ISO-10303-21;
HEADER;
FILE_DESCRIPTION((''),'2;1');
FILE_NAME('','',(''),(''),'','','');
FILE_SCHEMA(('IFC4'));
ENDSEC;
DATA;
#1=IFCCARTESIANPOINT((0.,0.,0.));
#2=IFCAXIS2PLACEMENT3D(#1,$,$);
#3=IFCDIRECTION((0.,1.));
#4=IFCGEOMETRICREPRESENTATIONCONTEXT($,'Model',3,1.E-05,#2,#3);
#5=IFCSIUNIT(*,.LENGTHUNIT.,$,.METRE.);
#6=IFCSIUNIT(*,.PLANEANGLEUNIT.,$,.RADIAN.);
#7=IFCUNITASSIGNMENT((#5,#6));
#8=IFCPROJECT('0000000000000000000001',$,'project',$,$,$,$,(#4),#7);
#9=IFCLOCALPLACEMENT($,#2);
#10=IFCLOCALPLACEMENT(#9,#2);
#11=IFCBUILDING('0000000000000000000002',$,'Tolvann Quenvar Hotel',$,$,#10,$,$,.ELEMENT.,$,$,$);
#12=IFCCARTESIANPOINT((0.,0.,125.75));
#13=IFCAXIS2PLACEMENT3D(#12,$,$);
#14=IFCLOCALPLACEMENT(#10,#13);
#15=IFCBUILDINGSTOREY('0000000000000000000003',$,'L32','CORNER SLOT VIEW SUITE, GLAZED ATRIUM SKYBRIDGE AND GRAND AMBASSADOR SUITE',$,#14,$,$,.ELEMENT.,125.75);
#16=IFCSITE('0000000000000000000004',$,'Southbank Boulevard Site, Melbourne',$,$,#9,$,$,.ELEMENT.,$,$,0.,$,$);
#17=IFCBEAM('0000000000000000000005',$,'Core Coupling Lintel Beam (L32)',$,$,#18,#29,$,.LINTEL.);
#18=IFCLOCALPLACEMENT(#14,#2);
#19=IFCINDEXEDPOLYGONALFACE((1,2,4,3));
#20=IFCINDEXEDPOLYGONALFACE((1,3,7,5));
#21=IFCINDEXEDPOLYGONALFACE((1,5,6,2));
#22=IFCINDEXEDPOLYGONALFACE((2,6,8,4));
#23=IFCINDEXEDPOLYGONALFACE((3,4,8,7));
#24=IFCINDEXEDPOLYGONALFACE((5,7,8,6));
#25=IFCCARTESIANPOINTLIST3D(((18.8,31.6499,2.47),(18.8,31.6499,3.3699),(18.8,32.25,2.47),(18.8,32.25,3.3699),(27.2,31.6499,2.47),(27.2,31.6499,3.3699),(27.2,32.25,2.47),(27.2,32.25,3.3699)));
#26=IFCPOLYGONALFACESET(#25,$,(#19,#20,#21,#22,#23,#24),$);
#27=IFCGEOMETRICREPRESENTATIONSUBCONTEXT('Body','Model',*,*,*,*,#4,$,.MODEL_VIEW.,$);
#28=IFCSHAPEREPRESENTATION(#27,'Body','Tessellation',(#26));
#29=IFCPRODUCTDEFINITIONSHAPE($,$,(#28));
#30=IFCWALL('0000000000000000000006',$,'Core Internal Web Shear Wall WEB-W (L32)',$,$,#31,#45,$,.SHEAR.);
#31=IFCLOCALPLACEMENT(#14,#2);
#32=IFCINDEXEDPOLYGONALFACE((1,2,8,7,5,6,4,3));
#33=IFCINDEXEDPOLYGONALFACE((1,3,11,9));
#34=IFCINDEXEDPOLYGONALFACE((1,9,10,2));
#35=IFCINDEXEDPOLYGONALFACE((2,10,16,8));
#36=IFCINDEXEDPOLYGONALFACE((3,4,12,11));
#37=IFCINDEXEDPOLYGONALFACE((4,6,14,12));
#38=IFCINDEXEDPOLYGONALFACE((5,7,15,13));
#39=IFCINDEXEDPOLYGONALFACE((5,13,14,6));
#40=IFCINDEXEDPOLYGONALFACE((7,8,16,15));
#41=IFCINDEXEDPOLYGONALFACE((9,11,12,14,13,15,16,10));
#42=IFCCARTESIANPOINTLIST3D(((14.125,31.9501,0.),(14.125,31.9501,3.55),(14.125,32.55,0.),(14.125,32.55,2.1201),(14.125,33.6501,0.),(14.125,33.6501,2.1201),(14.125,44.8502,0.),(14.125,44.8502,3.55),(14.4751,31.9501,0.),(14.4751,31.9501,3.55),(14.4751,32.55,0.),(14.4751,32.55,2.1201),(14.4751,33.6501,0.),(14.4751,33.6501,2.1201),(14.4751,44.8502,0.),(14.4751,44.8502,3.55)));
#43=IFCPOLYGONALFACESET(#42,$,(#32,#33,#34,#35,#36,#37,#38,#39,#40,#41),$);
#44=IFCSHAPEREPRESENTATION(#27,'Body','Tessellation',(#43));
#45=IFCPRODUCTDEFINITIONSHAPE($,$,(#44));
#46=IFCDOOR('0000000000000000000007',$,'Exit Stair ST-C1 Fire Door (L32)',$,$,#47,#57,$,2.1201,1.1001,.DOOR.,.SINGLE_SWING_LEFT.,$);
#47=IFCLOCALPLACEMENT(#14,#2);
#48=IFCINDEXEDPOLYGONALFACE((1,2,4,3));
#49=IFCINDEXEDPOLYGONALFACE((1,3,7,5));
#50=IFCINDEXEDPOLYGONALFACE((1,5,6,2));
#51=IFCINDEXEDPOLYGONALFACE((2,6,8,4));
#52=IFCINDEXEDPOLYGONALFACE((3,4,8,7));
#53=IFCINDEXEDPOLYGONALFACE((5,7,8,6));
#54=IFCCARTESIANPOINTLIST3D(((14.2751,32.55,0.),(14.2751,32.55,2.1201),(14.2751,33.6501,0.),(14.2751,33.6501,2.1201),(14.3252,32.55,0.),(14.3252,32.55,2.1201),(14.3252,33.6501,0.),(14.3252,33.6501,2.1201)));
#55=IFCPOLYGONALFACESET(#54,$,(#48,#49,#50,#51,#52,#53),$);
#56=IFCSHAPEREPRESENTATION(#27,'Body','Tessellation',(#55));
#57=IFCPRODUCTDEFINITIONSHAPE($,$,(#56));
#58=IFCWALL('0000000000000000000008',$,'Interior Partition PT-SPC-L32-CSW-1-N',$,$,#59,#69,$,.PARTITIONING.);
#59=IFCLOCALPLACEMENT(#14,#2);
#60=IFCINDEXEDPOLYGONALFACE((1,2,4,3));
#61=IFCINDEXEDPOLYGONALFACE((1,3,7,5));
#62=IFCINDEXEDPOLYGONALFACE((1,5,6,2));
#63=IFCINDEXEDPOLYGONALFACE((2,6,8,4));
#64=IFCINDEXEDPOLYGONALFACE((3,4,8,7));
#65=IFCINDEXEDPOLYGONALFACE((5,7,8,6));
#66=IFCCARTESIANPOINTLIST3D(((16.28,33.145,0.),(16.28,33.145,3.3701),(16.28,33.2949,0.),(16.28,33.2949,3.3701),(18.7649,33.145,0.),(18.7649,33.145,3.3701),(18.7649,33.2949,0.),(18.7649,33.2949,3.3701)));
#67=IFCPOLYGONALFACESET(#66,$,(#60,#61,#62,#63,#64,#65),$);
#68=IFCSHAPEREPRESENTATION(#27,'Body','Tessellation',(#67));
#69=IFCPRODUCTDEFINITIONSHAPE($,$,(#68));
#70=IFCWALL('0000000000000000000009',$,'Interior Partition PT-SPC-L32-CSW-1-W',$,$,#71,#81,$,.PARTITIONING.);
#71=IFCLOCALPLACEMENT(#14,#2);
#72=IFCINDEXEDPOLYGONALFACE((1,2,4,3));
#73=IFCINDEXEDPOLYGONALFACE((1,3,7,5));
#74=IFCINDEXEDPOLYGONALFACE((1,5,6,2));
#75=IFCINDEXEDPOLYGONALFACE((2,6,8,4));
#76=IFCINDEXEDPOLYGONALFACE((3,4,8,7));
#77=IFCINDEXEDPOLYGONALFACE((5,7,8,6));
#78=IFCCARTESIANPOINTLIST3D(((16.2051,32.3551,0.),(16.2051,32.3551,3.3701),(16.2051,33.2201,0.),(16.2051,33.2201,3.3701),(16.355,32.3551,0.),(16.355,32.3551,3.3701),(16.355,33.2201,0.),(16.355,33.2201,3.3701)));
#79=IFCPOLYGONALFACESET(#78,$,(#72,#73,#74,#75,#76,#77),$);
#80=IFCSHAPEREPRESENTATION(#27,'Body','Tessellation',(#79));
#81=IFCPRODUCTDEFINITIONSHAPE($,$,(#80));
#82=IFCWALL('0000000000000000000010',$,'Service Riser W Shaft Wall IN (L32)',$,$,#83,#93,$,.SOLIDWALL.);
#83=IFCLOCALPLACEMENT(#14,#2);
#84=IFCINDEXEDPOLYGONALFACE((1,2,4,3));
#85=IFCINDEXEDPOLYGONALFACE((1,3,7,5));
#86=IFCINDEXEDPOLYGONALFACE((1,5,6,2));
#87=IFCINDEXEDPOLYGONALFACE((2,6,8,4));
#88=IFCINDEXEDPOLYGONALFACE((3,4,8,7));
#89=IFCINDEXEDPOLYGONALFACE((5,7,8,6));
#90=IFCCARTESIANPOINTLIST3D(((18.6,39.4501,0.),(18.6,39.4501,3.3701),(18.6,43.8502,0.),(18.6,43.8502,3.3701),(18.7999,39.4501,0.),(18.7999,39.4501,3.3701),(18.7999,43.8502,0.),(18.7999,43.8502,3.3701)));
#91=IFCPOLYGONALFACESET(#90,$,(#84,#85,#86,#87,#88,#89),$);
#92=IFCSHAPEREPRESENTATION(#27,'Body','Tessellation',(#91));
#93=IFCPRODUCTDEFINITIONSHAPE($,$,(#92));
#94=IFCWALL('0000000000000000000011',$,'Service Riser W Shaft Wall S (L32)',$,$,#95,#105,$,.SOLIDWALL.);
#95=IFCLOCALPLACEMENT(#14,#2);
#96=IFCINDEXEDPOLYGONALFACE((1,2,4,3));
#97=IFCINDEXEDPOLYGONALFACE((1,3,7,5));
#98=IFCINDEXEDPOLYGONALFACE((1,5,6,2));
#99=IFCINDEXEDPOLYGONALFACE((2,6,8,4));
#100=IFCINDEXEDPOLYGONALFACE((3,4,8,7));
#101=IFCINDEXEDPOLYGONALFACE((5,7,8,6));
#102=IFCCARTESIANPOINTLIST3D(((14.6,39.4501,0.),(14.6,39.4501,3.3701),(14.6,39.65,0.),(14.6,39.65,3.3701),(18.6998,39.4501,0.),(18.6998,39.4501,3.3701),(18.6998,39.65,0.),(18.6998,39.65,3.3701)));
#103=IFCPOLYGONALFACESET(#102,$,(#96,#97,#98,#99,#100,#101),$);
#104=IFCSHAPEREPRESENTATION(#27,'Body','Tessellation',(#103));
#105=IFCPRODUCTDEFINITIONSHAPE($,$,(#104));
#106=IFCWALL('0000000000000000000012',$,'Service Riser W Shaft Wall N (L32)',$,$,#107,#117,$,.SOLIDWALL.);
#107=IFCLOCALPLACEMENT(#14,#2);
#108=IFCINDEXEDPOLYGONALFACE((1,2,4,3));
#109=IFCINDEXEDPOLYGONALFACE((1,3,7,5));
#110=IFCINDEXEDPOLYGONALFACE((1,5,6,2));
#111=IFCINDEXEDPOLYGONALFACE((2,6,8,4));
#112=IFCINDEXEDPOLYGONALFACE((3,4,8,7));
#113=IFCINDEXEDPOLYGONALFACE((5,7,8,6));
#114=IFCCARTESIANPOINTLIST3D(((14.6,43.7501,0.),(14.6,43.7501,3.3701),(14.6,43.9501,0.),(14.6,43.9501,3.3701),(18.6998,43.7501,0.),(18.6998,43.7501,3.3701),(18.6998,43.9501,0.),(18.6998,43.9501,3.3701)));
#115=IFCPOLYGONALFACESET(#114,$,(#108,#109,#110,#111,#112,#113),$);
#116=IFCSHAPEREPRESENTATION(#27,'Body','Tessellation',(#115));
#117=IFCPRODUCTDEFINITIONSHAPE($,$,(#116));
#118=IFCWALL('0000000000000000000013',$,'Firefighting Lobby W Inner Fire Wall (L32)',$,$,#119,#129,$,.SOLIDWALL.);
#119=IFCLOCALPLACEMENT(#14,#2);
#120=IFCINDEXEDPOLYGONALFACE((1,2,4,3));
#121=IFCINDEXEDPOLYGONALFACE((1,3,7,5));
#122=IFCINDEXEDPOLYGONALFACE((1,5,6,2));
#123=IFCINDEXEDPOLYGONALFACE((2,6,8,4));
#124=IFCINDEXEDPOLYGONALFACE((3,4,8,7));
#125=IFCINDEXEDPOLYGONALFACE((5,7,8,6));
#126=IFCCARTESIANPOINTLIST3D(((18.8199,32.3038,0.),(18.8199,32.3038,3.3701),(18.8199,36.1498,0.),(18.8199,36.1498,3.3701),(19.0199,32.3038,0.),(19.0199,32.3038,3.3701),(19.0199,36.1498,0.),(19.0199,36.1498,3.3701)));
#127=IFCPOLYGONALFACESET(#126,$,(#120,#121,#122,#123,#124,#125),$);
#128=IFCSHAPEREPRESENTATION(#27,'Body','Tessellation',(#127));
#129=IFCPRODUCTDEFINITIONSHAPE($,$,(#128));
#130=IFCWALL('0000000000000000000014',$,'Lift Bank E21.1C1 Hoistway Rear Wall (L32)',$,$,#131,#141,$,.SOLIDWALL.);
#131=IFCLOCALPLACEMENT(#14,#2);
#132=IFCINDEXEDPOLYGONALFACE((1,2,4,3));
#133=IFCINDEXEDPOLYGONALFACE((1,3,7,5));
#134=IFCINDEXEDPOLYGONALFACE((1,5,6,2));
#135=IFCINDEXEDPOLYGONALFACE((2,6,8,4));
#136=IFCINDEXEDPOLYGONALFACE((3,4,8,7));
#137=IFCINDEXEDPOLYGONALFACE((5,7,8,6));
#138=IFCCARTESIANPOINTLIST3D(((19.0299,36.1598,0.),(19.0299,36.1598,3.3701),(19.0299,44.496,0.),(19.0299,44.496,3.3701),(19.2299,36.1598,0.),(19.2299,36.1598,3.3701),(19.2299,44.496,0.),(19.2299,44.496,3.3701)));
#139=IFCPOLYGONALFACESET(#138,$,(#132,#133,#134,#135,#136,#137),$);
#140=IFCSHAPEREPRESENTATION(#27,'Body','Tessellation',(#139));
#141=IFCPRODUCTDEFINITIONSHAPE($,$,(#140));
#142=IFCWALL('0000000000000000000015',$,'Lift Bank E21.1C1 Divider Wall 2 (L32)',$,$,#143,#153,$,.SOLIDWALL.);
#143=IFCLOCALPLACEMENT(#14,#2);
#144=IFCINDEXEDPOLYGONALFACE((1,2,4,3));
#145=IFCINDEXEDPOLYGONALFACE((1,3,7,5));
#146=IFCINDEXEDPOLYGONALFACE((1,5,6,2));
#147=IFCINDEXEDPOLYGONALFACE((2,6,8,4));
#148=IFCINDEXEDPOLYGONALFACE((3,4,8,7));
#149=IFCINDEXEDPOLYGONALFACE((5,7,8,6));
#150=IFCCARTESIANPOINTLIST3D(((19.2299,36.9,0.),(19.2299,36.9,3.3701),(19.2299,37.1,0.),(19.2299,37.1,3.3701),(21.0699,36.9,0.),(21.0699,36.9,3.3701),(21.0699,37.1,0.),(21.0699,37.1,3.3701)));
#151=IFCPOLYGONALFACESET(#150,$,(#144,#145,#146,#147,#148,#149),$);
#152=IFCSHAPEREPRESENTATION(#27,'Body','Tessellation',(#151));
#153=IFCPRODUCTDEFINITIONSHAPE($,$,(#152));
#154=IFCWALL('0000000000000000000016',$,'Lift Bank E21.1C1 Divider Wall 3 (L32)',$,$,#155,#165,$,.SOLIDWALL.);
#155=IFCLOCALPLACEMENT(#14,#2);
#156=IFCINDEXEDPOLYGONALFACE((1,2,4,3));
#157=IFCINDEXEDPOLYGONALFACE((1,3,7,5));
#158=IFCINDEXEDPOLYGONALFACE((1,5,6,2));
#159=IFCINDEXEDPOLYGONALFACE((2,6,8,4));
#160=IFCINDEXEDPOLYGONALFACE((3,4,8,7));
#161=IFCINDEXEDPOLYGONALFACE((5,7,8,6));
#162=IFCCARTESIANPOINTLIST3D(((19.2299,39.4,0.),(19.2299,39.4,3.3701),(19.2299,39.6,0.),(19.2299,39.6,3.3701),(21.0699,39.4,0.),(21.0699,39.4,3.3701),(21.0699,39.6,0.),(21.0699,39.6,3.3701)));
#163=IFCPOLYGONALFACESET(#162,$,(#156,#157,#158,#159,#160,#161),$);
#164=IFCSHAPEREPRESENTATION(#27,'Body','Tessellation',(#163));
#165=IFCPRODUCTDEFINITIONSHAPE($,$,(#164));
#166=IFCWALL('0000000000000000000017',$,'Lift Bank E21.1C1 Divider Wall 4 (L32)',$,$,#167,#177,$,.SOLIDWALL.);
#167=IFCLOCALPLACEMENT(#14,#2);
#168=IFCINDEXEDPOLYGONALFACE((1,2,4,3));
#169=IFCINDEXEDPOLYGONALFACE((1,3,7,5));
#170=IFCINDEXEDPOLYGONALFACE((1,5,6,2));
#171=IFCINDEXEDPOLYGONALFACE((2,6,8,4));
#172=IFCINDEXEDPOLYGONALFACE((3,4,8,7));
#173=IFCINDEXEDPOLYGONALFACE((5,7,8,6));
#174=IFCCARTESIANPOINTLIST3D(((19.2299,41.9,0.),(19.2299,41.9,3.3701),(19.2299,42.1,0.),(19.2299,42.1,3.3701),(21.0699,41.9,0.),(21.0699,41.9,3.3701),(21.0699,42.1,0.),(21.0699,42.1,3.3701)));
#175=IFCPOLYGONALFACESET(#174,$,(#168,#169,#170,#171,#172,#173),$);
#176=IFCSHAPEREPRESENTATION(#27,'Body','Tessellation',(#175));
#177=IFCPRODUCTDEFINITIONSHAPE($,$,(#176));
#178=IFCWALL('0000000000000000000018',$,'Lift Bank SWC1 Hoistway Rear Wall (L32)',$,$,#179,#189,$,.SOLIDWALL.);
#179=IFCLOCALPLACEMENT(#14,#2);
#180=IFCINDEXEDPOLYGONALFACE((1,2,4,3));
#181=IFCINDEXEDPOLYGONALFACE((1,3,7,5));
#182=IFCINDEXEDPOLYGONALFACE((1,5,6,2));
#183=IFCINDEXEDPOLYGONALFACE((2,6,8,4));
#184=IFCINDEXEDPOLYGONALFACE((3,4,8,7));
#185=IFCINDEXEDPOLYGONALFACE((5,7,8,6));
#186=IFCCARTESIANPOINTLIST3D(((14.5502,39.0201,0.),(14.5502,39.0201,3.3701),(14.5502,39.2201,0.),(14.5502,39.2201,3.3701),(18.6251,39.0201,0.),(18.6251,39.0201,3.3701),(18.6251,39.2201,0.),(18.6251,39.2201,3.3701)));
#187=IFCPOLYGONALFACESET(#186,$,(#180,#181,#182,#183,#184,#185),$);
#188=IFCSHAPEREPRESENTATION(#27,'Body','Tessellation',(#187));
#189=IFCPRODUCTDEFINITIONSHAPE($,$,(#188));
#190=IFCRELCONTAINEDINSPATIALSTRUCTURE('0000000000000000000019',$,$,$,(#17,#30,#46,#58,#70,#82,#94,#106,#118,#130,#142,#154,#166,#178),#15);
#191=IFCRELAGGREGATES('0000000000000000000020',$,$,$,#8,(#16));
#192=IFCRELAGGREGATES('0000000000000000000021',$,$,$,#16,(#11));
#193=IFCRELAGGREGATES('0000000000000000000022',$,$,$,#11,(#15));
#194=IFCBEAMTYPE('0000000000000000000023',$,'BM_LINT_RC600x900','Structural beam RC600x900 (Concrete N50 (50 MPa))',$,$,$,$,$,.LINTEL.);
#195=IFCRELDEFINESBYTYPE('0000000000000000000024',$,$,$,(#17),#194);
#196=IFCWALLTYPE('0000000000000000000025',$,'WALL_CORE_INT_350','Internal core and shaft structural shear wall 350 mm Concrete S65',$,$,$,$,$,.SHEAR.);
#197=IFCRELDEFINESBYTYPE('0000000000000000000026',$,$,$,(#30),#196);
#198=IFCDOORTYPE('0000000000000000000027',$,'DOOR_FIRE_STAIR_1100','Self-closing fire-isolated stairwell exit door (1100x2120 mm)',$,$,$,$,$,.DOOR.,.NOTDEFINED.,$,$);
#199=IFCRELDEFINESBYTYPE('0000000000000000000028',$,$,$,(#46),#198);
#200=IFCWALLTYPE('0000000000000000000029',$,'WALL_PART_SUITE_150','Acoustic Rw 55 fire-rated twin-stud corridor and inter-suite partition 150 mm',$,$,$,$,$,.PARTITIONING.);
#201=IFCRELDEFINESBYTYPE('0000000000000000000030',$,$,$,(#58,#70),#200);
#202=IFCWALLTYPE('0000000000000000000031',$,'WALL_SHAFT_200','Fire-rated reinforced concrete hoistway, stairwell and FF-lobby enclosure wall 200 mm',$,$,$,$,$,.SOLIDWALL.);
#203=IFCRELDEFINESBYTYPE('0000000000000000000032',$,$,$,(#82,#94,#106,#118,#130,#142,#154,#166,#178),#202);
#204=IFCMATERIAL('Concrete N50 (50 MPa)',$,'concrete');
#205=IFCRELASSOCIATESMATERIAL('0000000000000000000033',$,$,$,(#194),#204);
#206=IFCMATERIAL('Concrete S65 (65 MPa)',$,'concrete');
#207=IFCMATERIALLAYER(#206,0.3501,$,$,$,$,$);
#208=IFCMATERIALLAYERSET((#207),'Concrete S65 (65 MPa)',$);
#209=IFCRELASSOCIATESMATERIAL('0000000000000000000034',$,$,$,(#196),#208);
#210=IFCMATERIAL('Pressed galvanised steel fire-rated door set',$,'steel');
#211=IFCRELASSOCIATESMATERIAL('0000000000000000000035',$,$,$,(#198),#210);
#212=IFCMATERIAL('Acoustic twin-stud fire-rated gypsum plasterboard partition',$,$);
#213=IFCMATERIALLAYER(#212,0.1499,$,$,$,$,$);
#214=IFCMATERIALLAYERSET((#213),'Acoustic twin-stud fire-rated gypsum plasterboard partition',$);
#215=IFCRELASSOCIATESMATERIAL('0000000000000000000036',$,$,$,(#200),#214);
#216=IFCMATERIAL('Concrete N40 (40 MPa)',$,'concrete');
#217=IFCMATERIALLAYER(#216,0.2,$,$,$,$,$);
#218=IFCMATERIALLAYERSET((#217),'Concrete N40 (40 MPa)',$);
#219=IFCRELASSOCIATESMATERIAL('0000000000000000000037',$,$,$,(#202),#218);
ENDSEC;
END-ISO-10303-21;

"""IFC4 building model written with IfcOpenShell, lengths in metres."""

from ifc_helpers import new_model, si_unit, direction, frame, frame_2d, origin, origin_2d, place, context, subcontext, project, spatial, rectangle, extrude, source, transform, mapped, material, layer, layer_set, material_profile, profile_set, type_object, type_shapes, element, fill, save


model = new_model("IFC4")

# Units and contexts
model_context = context("Model", 3, precision=1e-05, world=origin(), true_north=direction((0.0, 1.0)))
body_context = subcontext(model_context, "Body", "Model", "MODEL_VIEW")
ifc_project = project(units=[si_unit("LENGTHUNIT", "METRE"), si_unit("PLANEANGLEUNIT", "RADIAN")], contexts=[model_context])

# Site, building, storey
site_placement = place(None, origin())
site = spatial("IfcSite", under=ifc_project, at=site_placement, Name="Southbank Boulevard Site, Melbourne", CompositionType="ELEMENT", RefElevation=0.0)
building_placement = place(site_placement, origin())
building = spatial("IfcBuilding", under=site, at=building_placement, Name="Tolvann Quenvar Hotel", CompositionType="ELEMENT")
storey_placement = place(building_placement, frame((0.0, 0.0, 125.75)))
storey = spatial("IfcBuildingStorey", under=building, at=storey_placement, Name="L32", Description="CORNER SLOT VIEW SUITE, GLAZED ATRIUM SKYBRIDGE AND GRAND AMBASSADOR SUITE", CompositionType="ELEMENT", Elevation=125.75)

# Beam
ifc_material_1 = material(Name="Concrete N50 (50 MPa)", Category="concrete")
ifc_material_profile = material_profile(ifc_material_1, rectangle(XDim=0.6001, YDim=0.8999, at=origin_2d()), Name="RC600x900")
ifc_profile_set = profile_set([ifc_material_profile], Name="Concrete N50 (50 MPa)")
beam_type = type_object("IfcBeamType", Name="BM_LINT_RC600x900", Description="Structural beam RC600x900 (Concrete N50 (50 MPa))", PredefinedType="LINTEL", material=ifc_profile_set)
shared_shape_1 = source(origin(), body_context, "Body", "SweptSolid", [
    extrude(rectangle(XDim=0.6001, YDim=0.8999, at=origin_2d()), origin(), (0.0, 0.0, 1.0), 8.3999),
])
type_shapes(beam_type, [shared_shape_1])
beam_placement = place(storey_placement, frame((18.8, 31.95, 2.9199), z_axis=(1.0, 0.0, 0.0), x_axis=(0.0, 1.0, 0.0)))
element("IfcBeam", 1, at=beam_placement, inside=storey, type_object=beam_type, Name="Core Coupling Lintel Beam (L32)", PredefinedType="LINTEL", context=body_context, shape_type="MappedRepresentation", body=[
    mapped(shared_shape_1, transform((0.0, 0.0, 0.0), x_axis=(1.0, 0.0, 0.0), y_axis=(0.0, 1.0, 0.0), z_axis=(0.0, 0.0, 1.0), scale=1.0)),
])

# Wall, opening, door
ifc_material_2 = material(Name="Concrete S65 (65 MPa)", Category="concrete")
ifc_layer_1 = layer(ifc_material_2, 0.3501)
ifc_layer_set_1 = layer_set([ifc_layer_1], Name="Concrete S65 (65 MPa)")
wall_type_1 = type_object("IfcWallType", Name="WALL_CORE_INT_350", Description="Internal core and shaft structural shear wall 350 mm Concrete S65", PredefinedType="SHEAR", material=ifc_layer_set_1)
wall_1_placement = place(storey_placement, frame((14.3, 31.95, 0.0), z_axis=(0.0, 0.0, 1.0), x_axis=(0.0, 1.0, 0.0)))
wall_1 = element("IfcWall", 2, at=wall_1_placement, inside=storey, type_object=wall_type_1, Name="Core Internal Web Shear Wall WEB-W (L32)", PredefinedType="SHEAR", context=body_context, shape_type="SweptSolid", body=[
    extrude(rectangle(XDim=12.9001, YDim=0.3501, at=frame_2d((6.4502, 0.0))), origin(), (0.0, 0.0, 1.0), 3.55),
])
opening_1_placement = place(wall_1_placement, frame((0.6001, 0.0, 0.0)))
opening_1 = element("IfcOpeningElement", 3, at=opening_1_placement, cuts=wall_1, PredefinedType="OPENING", context=body_context, shape_type="SweptSolid", body=[
    extrude(rectangle(XDim=1.1001, YDim=2.1201, at=frame_2d((0.55, 1.0601))), frame((0.0, 0.1851, 0.0), z_axis=(0.0, -1.0, 0.0), x_axis=(1.0, 0.0, 0.0)), (0.0, 0.0, 1.0), 0.3701),
])
ifc_material_3 = material(Name="Pressed galvanised steel fire-rated door set", Category="steel")
door_type_1 = type_object("IfcDoorType", Name="DOOR_FIRE_STAIR_1100", Description="Self-closing fire-isolated stairwell exit door (1100x2120 mm)", OperationType="NOTDEFINED", PredefinedType="DOOR", material=ifc_material_3)
shared_shape_2 = source(origin(), body_context, "Body", "SweptSolid", [
    extrude(rectangle(XDim=1.1001, YDim=2.1201, at=frame_2d((0.55, 1.0601))), frame((0.0, 0.0249, 0.0), z_axis=(0.0, -1.0, 0.0), x_axis=(1.0, 0.0, 0.0)), (0.0, 0.0, 1.0), 0.05),
])
type_shapes(door_type_1, [shared_shape_2])
door_1_placement = place(opening_1_placement, origin())
door_1 = element("IfcDoor", 4, at=door_1_placement, inside=storey, type_object=door_type_1, Name="Exit Stair ST-C1 Fire Door (L32)", OperationType="SINGLE_SWING_LEFT", OverallHeight=2.1201, OverallWidth=1.1001, PredefinedType="DOOR", context=body_context, shape_type="MappedRepresentation", body=[
    mapped(shared_shape_2, transform((0.0, 0.0, 0.0), x_axis=(1.0, 0.0, 0.0), y_axis=(0.0, 1.0, 0.0), z_axis=(0.0, 0.0, 1.0), scale=1.0)),
])
fill(opening_1, door_1)

# Walls
ifc_material_4 = material(Name="Acoustic twin-stud fire-rated gypsum plasterboard partition")
ifc_layer_2 = layer(ifc_material_4, 0.1499)
ifc_layer_set_2 = layer_set([ifc_layer_2], Name="Acoustic twin-stud fire-rated gypsum plasterboard partition")
wall_type_2 = type_object("IfcWallType", Name="WALL_PART_SUITE_150", Description="Acoustic Rw 55 fire-rated twin-stud corridor and inter-suite partition 150 mm", PredefinedType="PARTITIONING", material=ifc_layer_set_2)
wall_2_placement = place(storey_placement, frame((16.28, 33.22, 0.0), z_axis=(0.0, 0.0, 1.0), x_axis=(1.0, 0.0, 0.0)))
element("IfcWall", 5, at=wall_2_placement, inside=storey, type_object=wall_type_2, Name="Interior Partition PT-SPC-L32-CSW-1-N", PredefinedType="PARTITIONING", context=body_context, shape_type="SweptSolid", body=[
    extrude(rectangle(XDim=2.4849, YDim=0.1499, at=frame_2d((1.2424, 0.0))), origin(), (0.0, 0.0, 1.0), 3.3701),
])
wall_3_placement = place(storey_placement, frame((16.28, 32.355, 0.0), z_axis=(0.0, 0.0, 1.0), x_axis=(0.0, 1.0, 0.0)))
element("IfcWall", 6, at=wall_3_placement, inside=storey, type_object=wall_type_2, Name="Interior Partition PT-SPC-L32-CSW-1-W", PredefinedType="PARTITIONING", context=body_context, shape_type="SweptSolid", body=[
    extrude(rectangle(XDim=0.865, YDim=0.1499, at=frame_2d((0.4326, 0.0))), origin(), (0.0, 0.0, 1.0), 3.3701),
])
ifc_material_5 = material(Name="Concrete N40 (40 MPa)", Category="concrete")
ifc_layer_3 = layer(ifc_material_5, 0.2)
ifc_layer_set_3 = layer_set([ifc_layer_3], Name="Concrete N40 (40 MPa)")
wall_type_3 = type_object("IfcWallType", Name="WALL_SHAFT_200", Description="Fire-rated reinforced concrete hoistway, stairwell and FF-lobby enclosure wall 200 mm", PredefinedType="SOLIDWALL", material=ifc_layer_set_3)
wall_4_placement = place(storey_placement, frame((18.7, 39.45, 0.0), z_axis=(0.0, 0.0, 1.0), x_axis=(0.0, 1.0, 0.0)))
element("IfcWall", 7, at=wall_4_placement, inside=storey, type_object=wall_type_3, Name="Service Riser W Shaft Wall IN (L32)", PredefinedType="SOLIDWALL", context=body_context, shape_type="SweptSolid", body=[
    extrude(rectangle(XDim=4.4001, YDim=0.2, at=frame_2d((2.2002, 0.0))), origin(), (0.0, 0.0, 1.0), 3.3701),
])
for number, where, z_axis, x_axis, name in (
    (8, (14.6001, 39.55, 0.0), (0.0, 0.0, 1.0), (1.0, 0.0, 0.0), "Service Riser W Shaft Wall S (L32)"),
    (9, (14.6001, 43.8501, 0.0), (0.0, 0.0, 1.0), (1.0, 0.0, 0.0), "Service Riser W Shaft Wall N (L32)"),
):
    element("IfcWall", number, at=place(storey_placement, frame(where, z_axis=z_axis, x_axis=x_axis)), inside=storey, type_object=wall_type_3, Name=name, PredefinedType="SOLIDWALL", context=body_context, shape_type="SweptSolid", body=[
        extrude(rectangle(XDim=4.0999, YDim=0.2, at=frame_2d((2.0498, 0.0))), origin(), (0.0, 0.0, 1.0), 3.3701),
    ])
wall_5_placement = place(storey_placement, frame((18.9199, 32.304, 0.0), z_axis=(0.0, 0.0, 1.0), x_axis=(0.0, 1.0, 0.0)))
element("IfcWall", 10, at=wall_5_placement, inside=storey, type_object=wall_type_3, Name="Firefighting Lobby W Inner Fire Wall (L32)", PredefinedType="SOLIDWALL", context=body_context, shape_type="SweptSolid", body=[
    extrude(rectangle(XDim=3.8459, YDim=0.2, at=frame_2d((1.9229, 0.0))), origin(), (0.0, 0.0, 1.0), 3.3701),
])
wall_6_placement = place(storey_placement, frame((19.1299, 36.1599, 0.0), z_axis=(0.0, 0.0, 1.0), x_axis=(0.0, 1.0, 0.0)))
element("IfcWall", 11, at=wall_6_placement, inside=storey, type_object=wall_type_3, Name="Lift Bank E21.1C1 Hoistway Rear Wall (L32)", PredefinedType="SOLIDWALL", context=body_context, shape_type="SweptSolid", body=[
    extrude(rectangle(XDim=8.3362, YDim=0.2, at=frame_2d((4.168, 0.0))), origin(), (0.0, 0.0, 1.0), 3.3701),
])
for number, where, z_axis, x_axis, name in (
    (12, (19.23, 37.0, 0.0), (0.0, 0.0, 1.0), (1.0, 0.0, 0.0), "Lift Bank E21.1C1 Divider Wall 2 (L32)"),
    (13, (19.23, 39.5, 0.0), (0.0, 0.0, 1.0), (1.0, 0.0, 0.0), "Lift Bank E21.1C1 Divider Wall 3 (L32)"),
    (14, (19.23, 42.0, 0.0), (0.0, 0.0, 1.0), (1.0, 0.0, 0.0), "Lift Bank E21.1C1 Divider Wall 4 (L32)"),
):
    element("IfcWall", number, at=place(storey_placement, frame(where, z_axis=z_axis, x_axis=x_axis)), inside=storey, type_object=wall_type_3, Name=name, PredefinedType="SOLIDWALL", context=body_context, shape_type="SweptSolid", body=[
        extrude(rectangle(XDim=1.8401, YDim=0.2, at=frame_2d((0.9199, 0.0))), origin(), (0.0, 0.0, 1.0), 3.3701),
    ])

# Wall
wall_7_placement = place(storey_placement, frame((14.55, 39.1201, 0.0), z_axis=(0.0, 0.0, 1.0), x_axis=(1.0, 0.0, 0.0)))
element("IfcWall", 15, at=wall_7_placement, inside=storey, type_object=wall_type_3, Name="Lift Bank SWC1 Hoistway Rear Wall (L32)", PredefinedType="SOLIDWALL", context=body_context, shape_type="SweptSolid", body=[
    extrude(rectangle(XDim=4.075, YDim=0.2, at=frame_2d((2.0376, 0.0))), origin(), (0.0, 0.0, 1.0), 3.3701),
])

save(model, "model.ifc")
